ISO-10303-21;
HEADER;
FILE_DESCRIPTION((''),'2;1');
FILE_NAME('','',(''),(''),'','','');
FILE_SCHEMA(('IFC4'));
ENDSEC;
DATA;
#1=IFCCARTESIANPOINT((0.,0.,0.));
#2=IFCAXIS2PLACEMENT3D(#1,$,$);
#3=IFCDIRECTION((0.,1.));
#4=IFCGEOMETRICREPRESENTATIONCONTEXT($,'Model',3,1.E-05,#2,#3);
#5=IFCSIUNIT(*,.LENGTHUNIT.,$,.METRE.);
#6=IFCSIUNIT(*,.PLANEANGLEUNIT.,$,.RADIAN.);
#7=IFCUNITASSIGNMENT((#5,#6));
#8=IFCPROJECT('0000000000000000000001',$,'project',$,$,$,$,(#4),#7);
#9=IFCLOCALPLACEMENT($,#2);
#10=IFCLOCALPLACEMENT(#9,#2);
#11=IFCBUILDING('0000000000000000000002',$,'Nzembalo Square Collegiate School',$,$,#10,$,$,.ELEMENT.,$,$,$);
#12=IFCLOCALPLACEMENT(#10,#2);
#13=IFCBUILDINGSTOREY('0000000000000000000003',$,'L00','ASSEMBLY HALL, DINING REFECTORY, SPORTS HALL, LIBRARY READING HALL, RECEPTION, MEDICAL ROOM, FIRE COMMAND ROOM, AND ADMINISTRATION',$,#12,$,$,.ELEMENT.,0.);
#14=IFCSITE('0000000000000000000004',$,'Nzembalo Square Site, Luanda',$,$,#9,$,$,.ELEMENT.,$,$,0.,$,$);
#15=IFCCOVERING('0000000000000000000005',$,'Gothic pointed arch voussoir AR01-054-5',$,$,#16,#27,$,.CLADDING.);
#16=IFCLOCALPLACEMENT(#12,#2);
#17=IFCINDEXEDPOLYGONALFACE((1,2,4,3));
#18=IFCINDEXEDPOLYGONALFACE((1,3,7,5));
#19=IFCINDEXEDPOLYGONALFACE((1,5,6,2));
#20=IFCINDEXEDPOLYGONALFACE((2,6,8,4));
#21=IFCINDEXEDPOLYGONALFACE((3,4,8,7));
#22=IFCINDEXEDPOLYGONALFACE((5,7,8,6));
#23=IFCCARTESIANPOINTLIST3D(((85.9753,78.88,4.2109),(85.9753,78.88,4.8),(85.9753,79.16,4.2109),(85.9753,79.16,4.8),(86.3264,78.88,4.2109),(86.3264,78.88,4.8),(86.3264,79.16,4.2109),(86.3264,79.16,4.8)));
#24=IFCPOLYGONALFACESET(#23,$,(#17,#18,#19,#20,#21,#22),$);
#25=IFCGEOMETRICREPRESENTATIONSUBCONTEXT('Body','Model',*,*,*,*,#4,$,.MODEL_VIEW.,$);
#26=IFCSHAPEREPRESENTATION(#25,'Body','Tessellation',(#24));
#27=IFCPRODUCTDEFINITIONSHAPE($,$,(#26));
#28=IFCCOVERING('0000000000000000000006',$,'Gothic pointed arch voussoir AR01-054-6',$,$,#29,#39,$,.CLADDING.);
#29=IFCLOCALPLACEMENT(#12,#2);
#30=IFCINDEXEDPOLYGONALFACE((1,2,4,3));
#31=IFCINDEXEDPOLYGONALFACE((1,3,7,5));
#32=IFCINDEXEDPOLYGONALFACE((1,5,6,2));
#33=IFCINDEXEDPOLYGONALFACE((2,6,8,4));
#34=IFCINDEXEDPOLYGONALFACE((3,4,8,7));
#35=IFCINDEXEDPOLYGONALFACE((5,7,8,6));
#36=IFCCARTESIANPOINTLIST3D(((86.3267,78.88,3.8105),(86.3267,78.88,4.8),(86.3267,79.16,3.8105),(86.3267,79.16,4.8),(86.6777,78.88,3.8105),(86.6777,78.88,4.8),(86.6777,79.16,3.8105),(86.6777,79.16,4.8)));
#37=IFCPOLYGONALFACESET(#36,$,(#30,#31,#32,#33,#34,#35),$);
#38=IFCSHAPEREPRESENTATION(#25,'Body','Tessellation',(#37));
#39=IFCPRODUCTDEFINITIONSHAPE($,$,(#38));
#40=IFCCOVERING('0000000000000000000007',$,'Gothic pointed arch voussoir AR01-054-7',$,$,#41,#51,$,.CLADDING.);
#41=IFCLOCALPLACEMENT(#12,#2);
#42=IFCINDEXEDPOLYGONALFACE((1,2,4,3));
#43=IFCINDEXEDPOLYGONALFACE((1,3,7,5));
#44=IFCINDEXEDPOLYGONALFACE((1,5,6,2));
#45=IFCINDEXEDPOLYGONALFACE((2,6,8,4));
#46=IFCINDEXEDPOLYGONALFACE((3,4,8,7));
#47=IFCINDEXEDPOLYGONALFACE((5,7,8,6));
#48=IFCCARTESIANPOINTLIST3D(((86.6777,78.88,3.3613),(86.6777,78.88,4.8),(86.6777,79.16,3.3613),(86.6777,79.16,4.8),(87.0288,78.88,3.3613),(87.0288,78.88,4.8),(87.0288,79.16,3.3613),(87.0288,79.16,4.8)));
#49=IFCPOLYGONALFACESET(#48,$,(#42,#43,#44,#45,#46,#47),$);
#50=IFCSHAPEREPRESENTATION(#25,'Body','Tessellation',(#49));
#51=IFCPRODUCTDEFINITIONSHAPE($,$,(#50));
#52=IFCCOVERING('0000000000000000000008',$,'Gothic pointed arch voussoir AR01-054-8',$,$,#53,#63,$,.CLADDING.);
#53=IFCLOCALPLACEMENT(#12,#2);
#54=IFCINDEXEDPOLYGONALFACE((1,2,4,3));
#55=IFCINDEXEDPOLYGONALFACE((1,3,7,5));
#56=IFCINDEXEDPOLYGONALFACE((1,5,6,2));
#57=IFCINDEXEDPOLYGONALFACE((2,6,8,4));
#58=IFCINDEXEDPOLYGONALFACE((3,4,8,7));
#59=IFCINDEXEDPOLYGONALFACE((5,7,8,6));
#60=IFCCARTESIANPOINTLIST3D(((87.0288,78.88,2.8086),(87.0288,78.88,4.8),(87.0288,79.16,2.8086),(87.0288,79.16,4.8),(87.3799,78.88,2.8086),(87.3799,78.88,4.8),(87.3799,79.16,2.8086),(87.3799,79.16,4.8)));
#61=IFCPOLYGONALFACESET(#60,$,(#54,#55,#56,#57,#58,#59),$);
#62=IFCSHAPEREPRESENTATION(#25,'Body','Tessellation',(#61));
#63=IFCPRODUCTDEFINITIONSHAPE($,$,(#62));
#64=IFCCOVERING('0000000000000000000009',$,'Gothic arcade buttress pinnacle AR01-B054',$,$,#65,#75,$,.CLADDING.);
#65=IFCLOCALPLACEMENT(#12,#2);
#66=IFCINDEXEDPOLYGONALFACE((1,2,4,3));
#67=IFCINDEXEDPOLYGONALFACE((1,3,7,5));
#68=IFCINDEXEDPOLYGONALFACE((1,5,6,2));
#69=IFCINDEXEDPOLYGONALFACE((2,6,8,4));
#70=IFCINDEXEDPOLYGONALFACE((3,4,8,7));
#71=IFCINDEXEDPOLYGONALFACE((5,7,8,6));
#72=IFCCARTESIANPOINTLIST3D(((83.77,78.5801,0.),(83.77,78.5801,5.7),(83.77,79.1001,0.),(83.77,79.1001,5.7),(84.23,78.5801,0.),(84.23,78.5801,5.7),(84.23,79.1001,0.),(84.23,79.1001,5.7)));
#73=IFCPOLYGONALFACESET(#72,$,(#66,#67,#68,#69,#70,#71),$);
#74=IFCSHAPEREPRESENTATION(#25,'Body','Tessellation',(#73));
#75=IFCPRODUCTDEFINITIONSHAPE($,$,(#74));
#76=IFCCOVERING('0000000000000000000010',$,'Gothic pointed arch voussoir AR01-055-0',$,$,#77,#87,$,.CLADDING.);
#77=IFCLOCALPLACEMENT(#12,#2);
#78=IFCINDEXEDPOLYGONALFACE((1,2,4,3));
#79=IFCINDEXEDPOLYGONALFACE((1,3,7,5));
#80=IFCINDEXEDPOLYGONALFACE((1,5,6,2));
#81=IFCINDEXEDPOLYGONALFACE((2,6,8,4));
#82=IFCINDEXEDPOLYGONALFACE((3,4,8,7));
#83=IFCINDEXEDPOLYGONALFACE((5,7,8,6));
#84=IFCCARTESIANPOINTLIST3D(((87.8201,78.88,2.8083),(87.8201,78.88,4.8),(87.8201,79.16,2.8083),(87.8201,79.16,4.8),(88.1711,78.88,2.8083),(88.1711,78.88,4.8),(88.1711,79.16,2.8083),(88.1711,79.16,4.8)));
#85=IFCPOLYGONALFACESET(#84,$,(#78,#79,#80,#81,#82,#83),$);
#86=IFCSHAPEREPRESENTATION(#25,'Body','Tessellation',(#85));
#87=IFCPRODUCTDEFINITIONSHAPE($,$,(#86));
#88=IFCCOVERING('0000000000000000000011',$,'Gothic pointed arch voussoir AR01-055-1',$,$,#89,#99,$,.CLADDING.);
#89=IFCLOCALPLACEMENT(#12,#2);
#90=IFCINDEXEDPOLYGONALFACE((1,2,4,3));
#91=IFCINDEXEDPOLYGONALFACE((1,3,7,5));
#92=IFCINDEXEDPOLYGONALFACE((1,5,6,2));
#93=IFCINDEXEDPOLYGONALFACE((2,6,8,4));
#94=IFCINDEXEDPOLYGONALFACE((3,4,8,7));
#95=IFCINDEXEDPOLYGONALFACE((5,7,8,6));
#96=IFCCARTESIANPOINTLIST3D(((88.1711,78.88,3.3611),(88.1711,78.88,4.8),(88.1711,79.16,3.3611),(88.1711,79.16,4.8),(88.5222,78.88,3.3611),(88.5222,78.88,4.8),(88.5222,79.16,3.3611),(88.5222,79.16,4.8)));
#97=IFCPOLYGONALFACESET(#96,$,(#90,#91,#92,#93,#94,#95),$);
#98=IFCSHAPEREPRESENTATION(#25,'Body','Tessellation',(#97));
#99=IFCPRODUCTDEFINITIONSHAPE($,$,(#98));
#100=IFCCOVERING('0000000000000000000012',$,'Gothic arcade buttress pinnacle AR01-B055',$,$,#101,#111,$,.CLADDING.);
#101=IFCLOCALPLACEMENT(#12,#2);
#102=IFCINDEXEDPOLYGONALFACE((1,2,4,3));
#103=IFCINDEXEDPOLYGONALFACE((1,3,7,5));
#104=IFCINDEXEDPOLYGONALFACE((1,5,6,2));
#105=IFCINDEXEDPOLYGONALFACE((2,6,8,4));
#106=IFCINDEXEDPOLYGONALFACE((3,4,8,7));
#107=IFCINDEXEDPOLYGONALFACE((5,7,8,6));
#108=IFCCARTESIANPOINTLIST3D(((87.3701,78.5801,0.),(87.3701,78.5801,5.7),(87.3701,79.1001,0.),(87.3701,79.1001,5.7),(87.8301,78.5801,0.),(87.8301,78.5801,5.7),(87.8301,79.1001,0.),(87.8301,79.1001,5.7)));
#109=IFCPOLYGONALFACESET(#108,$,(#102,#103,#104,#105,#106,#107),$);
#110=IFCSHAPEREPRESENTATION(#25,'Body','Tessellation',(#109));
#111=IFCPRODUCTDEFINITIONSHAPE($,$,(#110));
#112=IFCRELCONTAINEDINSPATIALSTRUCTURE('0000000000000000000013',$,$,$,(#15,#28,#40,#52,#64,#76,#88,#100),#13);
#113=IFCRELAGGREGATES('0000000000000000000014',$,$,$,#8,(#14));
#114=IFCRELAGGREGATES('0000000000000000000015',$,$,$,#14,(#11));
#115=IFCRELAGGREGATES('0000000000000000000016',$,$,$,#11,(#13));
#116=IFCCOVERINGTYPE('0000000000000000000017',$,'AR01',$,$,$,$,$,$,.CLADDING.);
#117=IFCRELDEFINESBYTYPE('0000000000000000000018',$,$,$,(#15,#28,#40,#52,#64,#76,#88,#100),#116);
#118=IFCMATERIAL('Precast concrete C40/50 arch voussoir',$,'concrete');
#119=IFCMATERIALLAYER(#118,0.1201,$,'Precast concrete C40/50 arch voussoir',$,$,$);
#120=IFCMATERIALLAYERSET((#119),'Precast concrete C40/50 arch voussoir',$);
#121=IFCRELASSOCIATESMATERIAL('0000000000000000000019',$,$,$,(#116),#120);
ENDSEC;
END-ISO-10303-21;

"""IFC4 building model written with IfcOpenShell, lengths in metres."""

from ifc_helpers import new_model, si_unit, direction, frame, origin, origin_2d, place, context, subcontext, project, spatial, rectangle, extrude, material, layer, layer_set, type_object, element, save


model = new_model("IFC4")

# Units and contexts
model_context = context("Model", 3, precision=1e-05, world=origin(), true_north=direction((0.0, 1.0)))
body_context = subcontext(model_context, "Body", "Model", "MODEL_VIEW")
ifc_project = project(units=[si_unit("LENGTHUNIT", "METRE"), si_unit("PLANEANGLEUNIT", "RADIAN")], contexts=[model_context])

# Site, building, storey
site_placement = place(None, origin())
site = spatial("IfcSite", under=ifc_project, at=site_placement, Name="Nzembalo Square Site, Luanda", CompositionType="ELEMENT", RefElevation=0.0)
building_placement = place(site_placement, origin())
building = spatial("IfcBuilding", under=site, at=building_placement, Name="Nzembalo Square Collegiate School", CompositionType="ELEMENT")
storey_placement = place(building_placement, origin())
storey = spatial("IfcBuildingStorey", under=building, at=storey_placement, Name="L00", Description="ASSEMBLY HALL, DINING REFECTORY, SPORTS HALL, LIBRARY READING HALL, RECEPTION, MEDICAL ROOM, FIRE COMMAND ROOM, AND ADMINISTRATION", CompositionType="ELEMENT", Elevation=0.0)

# Coverings
ifc_material_1 = material(Name="Precast concrete C40/50 arch voussoir", Category="concrete")
ifc_layer = layer(ifc_material_1, 0.1201, Name="Precast concrete C40/50 arch voussoir")
ifc_layer_set = layer_set([ifc_layer], Name="Precast concrete C40/50 arch voussoir")
covering_type = type_object("IfcCoveringType", Name="AR01", PredefinedType="CLADDING", material=ifc_layer_set)
covering_1_placement = place(storey_placement, frame((86.1509, 79.02, 4.2109), z_axis=(0.0, 0.0, 1.0), x_axis=(1.0, 0.0, 0.0)))
element("IfcCovering", 1, at=covering_1_placement, inside=storey, type_object=covering_type, Name="Gothic pointed arch voussoir AR01-054-5", PredefinedType="CLADDING", context=body_context, shape_type="SweptSolid", body=[
    extrude(rectangle(XDim=0.3511, YDim=0.28, at=origin_2d()), origin(), (0.0, 0.0, 1.0), 0.5891),
])
covering_2_placement = place(storey_placement, frame((86.5022, 79.02, 3.8105), z_axis=(0.0, 0.0, 1.0), x_axis=(1.0, 0.0, 0.0)))
element("IfcCovering", 2, at=covering_2_placement, inside=storey, type_object=covering_type, Name="Gothic pointed arch voussoir AR01-054-6", PredefinedType="CLADDING", context=body_context, shape_type="SweptSolid", body=[
    extrude(rectangle(XDim=0.3511, YDim=0.28, at=origin_2d()), origin(), (0.0, 0.0, 1.0), 0.9895),
])
covering_3_placement = place(storey_placement, frame((86.8533, 79.02, 3.3613), z_axis=(0.0, 0.0, 1.0), x_axis=(1.0, 0.0, 0.0)))
element("IfcCovering", 3, at=covering_3_placement, inside=storey, type_object=covering_type, Name="Gothic pointed arch voussoir AR01-054-7", PredefinedType="CLADDING", context=body_context, shape_type="SweptSolid", body=[
    extrude(rectangle(XDim=0.3511, YDim=0.28, at=origin_2d()), origin(), (0.0, 0.0, 1.0), 1.4387),
])
covering_4_placement = place(storey_placement, frame((87.2043, 79.02, 2.8086), z_axis=(0.0, 0.0, 1.0), x_axis=(1.0, 0.0, 0.0)))
element("IfcCovering", 4, at=covering_4_placement, inside=storey, type_object=covering_type, Name="Gothic pointed arch voussoir AR01-054-8", PredefinedType="CLADDING", context=body_context, shape_type="SweptSolid", body=[
    extrude(rectangle(XDim=0.3511, YDim=0.28, at=origin_2d()), origin(), (0.0, 0.0, 1.0), 1.9915),
])
covering_5_placement = place(storey_placement, frame((84.0, 78.8401, 0.0), z_axis=(0.0, 0.0, 1.0), x_axis=(1.0, 0.0, 0.0)))
element("IfcCovering", 5, at=covering_5_placement, inside=storey, type_object=covering_type, Name="Gothic arcade buttress pinnacle AR01-B054", PredefinedType="CLADDING", context=body_context, shape_type="SweptSolid", body=[
    extrude(rectangle(XDim=0.46, YDim=0.52, at=origin_2d()), origin(), (0.0, 0.0, 1.0), 5.7),
])
covering_6_placement = place(storey_placement, frame((87.9956, 79.02, 2.8083), z_axis=(0.0, 0.0, 1.0), x_axis=(1.0, 0.0, 0.0)))
element("IfcCovering", 6, at=covering_6_placement, inside=storey, type_object=covering_type, Name="Gothic pointed arch voussoir AR01-055-0", PredefinedType="CLADDING", context=body_context, shape_type="SweptSolid", body=[
    extrude(rectangle(XDim=0.3511, YDim=0.28, at=origin_2d()), origin(), (0.0, 0.0, 1.0), 1.9917),
])
covering_7_placement = place(storey_placement, frame((88.3467, 79.02, 3.3611), z_axis=(0.0, 0.0, 1.0), x_axis=(1.0, 0.0, 0.0)))
element("IfcCovering", 7, at=covering_7_placement, inside=storey, type_object=covering_type, Name="Gothic pointed arch voussoir AR01-055-1", PredefinedType="CLADDING", context=body_context, shape_type="SweptSolid", body=[
    extrude(rectangle(XDim=0.3511, YDim=0.28, at=origin_2d()), origin(), (0.0, 0.0, 1.0), 1.439),
])
covering_8_placement = place(storey_placement, frame((87.6001, 78.8401, 0.0), z_axis=(0.0, 0.0, 1.0), x_axis=(1.0, 0.0, 0.0)))
element("IfcCovering", 8, at=covering_8_placement, inside=storey, type_object=covering_type, Name="Gothic arcade buttress pinnacle AR01-B055", PredefinedType="CLADDING", context=body_context, shape_type="SweptSolid", body=[
    extrude(rectangle(XDim=0.46, YDim=0.52, at=origin_2d()), origin(), (0.0, 0.0, 1.0), 5.7),
])

save(model, "model.ifc")
